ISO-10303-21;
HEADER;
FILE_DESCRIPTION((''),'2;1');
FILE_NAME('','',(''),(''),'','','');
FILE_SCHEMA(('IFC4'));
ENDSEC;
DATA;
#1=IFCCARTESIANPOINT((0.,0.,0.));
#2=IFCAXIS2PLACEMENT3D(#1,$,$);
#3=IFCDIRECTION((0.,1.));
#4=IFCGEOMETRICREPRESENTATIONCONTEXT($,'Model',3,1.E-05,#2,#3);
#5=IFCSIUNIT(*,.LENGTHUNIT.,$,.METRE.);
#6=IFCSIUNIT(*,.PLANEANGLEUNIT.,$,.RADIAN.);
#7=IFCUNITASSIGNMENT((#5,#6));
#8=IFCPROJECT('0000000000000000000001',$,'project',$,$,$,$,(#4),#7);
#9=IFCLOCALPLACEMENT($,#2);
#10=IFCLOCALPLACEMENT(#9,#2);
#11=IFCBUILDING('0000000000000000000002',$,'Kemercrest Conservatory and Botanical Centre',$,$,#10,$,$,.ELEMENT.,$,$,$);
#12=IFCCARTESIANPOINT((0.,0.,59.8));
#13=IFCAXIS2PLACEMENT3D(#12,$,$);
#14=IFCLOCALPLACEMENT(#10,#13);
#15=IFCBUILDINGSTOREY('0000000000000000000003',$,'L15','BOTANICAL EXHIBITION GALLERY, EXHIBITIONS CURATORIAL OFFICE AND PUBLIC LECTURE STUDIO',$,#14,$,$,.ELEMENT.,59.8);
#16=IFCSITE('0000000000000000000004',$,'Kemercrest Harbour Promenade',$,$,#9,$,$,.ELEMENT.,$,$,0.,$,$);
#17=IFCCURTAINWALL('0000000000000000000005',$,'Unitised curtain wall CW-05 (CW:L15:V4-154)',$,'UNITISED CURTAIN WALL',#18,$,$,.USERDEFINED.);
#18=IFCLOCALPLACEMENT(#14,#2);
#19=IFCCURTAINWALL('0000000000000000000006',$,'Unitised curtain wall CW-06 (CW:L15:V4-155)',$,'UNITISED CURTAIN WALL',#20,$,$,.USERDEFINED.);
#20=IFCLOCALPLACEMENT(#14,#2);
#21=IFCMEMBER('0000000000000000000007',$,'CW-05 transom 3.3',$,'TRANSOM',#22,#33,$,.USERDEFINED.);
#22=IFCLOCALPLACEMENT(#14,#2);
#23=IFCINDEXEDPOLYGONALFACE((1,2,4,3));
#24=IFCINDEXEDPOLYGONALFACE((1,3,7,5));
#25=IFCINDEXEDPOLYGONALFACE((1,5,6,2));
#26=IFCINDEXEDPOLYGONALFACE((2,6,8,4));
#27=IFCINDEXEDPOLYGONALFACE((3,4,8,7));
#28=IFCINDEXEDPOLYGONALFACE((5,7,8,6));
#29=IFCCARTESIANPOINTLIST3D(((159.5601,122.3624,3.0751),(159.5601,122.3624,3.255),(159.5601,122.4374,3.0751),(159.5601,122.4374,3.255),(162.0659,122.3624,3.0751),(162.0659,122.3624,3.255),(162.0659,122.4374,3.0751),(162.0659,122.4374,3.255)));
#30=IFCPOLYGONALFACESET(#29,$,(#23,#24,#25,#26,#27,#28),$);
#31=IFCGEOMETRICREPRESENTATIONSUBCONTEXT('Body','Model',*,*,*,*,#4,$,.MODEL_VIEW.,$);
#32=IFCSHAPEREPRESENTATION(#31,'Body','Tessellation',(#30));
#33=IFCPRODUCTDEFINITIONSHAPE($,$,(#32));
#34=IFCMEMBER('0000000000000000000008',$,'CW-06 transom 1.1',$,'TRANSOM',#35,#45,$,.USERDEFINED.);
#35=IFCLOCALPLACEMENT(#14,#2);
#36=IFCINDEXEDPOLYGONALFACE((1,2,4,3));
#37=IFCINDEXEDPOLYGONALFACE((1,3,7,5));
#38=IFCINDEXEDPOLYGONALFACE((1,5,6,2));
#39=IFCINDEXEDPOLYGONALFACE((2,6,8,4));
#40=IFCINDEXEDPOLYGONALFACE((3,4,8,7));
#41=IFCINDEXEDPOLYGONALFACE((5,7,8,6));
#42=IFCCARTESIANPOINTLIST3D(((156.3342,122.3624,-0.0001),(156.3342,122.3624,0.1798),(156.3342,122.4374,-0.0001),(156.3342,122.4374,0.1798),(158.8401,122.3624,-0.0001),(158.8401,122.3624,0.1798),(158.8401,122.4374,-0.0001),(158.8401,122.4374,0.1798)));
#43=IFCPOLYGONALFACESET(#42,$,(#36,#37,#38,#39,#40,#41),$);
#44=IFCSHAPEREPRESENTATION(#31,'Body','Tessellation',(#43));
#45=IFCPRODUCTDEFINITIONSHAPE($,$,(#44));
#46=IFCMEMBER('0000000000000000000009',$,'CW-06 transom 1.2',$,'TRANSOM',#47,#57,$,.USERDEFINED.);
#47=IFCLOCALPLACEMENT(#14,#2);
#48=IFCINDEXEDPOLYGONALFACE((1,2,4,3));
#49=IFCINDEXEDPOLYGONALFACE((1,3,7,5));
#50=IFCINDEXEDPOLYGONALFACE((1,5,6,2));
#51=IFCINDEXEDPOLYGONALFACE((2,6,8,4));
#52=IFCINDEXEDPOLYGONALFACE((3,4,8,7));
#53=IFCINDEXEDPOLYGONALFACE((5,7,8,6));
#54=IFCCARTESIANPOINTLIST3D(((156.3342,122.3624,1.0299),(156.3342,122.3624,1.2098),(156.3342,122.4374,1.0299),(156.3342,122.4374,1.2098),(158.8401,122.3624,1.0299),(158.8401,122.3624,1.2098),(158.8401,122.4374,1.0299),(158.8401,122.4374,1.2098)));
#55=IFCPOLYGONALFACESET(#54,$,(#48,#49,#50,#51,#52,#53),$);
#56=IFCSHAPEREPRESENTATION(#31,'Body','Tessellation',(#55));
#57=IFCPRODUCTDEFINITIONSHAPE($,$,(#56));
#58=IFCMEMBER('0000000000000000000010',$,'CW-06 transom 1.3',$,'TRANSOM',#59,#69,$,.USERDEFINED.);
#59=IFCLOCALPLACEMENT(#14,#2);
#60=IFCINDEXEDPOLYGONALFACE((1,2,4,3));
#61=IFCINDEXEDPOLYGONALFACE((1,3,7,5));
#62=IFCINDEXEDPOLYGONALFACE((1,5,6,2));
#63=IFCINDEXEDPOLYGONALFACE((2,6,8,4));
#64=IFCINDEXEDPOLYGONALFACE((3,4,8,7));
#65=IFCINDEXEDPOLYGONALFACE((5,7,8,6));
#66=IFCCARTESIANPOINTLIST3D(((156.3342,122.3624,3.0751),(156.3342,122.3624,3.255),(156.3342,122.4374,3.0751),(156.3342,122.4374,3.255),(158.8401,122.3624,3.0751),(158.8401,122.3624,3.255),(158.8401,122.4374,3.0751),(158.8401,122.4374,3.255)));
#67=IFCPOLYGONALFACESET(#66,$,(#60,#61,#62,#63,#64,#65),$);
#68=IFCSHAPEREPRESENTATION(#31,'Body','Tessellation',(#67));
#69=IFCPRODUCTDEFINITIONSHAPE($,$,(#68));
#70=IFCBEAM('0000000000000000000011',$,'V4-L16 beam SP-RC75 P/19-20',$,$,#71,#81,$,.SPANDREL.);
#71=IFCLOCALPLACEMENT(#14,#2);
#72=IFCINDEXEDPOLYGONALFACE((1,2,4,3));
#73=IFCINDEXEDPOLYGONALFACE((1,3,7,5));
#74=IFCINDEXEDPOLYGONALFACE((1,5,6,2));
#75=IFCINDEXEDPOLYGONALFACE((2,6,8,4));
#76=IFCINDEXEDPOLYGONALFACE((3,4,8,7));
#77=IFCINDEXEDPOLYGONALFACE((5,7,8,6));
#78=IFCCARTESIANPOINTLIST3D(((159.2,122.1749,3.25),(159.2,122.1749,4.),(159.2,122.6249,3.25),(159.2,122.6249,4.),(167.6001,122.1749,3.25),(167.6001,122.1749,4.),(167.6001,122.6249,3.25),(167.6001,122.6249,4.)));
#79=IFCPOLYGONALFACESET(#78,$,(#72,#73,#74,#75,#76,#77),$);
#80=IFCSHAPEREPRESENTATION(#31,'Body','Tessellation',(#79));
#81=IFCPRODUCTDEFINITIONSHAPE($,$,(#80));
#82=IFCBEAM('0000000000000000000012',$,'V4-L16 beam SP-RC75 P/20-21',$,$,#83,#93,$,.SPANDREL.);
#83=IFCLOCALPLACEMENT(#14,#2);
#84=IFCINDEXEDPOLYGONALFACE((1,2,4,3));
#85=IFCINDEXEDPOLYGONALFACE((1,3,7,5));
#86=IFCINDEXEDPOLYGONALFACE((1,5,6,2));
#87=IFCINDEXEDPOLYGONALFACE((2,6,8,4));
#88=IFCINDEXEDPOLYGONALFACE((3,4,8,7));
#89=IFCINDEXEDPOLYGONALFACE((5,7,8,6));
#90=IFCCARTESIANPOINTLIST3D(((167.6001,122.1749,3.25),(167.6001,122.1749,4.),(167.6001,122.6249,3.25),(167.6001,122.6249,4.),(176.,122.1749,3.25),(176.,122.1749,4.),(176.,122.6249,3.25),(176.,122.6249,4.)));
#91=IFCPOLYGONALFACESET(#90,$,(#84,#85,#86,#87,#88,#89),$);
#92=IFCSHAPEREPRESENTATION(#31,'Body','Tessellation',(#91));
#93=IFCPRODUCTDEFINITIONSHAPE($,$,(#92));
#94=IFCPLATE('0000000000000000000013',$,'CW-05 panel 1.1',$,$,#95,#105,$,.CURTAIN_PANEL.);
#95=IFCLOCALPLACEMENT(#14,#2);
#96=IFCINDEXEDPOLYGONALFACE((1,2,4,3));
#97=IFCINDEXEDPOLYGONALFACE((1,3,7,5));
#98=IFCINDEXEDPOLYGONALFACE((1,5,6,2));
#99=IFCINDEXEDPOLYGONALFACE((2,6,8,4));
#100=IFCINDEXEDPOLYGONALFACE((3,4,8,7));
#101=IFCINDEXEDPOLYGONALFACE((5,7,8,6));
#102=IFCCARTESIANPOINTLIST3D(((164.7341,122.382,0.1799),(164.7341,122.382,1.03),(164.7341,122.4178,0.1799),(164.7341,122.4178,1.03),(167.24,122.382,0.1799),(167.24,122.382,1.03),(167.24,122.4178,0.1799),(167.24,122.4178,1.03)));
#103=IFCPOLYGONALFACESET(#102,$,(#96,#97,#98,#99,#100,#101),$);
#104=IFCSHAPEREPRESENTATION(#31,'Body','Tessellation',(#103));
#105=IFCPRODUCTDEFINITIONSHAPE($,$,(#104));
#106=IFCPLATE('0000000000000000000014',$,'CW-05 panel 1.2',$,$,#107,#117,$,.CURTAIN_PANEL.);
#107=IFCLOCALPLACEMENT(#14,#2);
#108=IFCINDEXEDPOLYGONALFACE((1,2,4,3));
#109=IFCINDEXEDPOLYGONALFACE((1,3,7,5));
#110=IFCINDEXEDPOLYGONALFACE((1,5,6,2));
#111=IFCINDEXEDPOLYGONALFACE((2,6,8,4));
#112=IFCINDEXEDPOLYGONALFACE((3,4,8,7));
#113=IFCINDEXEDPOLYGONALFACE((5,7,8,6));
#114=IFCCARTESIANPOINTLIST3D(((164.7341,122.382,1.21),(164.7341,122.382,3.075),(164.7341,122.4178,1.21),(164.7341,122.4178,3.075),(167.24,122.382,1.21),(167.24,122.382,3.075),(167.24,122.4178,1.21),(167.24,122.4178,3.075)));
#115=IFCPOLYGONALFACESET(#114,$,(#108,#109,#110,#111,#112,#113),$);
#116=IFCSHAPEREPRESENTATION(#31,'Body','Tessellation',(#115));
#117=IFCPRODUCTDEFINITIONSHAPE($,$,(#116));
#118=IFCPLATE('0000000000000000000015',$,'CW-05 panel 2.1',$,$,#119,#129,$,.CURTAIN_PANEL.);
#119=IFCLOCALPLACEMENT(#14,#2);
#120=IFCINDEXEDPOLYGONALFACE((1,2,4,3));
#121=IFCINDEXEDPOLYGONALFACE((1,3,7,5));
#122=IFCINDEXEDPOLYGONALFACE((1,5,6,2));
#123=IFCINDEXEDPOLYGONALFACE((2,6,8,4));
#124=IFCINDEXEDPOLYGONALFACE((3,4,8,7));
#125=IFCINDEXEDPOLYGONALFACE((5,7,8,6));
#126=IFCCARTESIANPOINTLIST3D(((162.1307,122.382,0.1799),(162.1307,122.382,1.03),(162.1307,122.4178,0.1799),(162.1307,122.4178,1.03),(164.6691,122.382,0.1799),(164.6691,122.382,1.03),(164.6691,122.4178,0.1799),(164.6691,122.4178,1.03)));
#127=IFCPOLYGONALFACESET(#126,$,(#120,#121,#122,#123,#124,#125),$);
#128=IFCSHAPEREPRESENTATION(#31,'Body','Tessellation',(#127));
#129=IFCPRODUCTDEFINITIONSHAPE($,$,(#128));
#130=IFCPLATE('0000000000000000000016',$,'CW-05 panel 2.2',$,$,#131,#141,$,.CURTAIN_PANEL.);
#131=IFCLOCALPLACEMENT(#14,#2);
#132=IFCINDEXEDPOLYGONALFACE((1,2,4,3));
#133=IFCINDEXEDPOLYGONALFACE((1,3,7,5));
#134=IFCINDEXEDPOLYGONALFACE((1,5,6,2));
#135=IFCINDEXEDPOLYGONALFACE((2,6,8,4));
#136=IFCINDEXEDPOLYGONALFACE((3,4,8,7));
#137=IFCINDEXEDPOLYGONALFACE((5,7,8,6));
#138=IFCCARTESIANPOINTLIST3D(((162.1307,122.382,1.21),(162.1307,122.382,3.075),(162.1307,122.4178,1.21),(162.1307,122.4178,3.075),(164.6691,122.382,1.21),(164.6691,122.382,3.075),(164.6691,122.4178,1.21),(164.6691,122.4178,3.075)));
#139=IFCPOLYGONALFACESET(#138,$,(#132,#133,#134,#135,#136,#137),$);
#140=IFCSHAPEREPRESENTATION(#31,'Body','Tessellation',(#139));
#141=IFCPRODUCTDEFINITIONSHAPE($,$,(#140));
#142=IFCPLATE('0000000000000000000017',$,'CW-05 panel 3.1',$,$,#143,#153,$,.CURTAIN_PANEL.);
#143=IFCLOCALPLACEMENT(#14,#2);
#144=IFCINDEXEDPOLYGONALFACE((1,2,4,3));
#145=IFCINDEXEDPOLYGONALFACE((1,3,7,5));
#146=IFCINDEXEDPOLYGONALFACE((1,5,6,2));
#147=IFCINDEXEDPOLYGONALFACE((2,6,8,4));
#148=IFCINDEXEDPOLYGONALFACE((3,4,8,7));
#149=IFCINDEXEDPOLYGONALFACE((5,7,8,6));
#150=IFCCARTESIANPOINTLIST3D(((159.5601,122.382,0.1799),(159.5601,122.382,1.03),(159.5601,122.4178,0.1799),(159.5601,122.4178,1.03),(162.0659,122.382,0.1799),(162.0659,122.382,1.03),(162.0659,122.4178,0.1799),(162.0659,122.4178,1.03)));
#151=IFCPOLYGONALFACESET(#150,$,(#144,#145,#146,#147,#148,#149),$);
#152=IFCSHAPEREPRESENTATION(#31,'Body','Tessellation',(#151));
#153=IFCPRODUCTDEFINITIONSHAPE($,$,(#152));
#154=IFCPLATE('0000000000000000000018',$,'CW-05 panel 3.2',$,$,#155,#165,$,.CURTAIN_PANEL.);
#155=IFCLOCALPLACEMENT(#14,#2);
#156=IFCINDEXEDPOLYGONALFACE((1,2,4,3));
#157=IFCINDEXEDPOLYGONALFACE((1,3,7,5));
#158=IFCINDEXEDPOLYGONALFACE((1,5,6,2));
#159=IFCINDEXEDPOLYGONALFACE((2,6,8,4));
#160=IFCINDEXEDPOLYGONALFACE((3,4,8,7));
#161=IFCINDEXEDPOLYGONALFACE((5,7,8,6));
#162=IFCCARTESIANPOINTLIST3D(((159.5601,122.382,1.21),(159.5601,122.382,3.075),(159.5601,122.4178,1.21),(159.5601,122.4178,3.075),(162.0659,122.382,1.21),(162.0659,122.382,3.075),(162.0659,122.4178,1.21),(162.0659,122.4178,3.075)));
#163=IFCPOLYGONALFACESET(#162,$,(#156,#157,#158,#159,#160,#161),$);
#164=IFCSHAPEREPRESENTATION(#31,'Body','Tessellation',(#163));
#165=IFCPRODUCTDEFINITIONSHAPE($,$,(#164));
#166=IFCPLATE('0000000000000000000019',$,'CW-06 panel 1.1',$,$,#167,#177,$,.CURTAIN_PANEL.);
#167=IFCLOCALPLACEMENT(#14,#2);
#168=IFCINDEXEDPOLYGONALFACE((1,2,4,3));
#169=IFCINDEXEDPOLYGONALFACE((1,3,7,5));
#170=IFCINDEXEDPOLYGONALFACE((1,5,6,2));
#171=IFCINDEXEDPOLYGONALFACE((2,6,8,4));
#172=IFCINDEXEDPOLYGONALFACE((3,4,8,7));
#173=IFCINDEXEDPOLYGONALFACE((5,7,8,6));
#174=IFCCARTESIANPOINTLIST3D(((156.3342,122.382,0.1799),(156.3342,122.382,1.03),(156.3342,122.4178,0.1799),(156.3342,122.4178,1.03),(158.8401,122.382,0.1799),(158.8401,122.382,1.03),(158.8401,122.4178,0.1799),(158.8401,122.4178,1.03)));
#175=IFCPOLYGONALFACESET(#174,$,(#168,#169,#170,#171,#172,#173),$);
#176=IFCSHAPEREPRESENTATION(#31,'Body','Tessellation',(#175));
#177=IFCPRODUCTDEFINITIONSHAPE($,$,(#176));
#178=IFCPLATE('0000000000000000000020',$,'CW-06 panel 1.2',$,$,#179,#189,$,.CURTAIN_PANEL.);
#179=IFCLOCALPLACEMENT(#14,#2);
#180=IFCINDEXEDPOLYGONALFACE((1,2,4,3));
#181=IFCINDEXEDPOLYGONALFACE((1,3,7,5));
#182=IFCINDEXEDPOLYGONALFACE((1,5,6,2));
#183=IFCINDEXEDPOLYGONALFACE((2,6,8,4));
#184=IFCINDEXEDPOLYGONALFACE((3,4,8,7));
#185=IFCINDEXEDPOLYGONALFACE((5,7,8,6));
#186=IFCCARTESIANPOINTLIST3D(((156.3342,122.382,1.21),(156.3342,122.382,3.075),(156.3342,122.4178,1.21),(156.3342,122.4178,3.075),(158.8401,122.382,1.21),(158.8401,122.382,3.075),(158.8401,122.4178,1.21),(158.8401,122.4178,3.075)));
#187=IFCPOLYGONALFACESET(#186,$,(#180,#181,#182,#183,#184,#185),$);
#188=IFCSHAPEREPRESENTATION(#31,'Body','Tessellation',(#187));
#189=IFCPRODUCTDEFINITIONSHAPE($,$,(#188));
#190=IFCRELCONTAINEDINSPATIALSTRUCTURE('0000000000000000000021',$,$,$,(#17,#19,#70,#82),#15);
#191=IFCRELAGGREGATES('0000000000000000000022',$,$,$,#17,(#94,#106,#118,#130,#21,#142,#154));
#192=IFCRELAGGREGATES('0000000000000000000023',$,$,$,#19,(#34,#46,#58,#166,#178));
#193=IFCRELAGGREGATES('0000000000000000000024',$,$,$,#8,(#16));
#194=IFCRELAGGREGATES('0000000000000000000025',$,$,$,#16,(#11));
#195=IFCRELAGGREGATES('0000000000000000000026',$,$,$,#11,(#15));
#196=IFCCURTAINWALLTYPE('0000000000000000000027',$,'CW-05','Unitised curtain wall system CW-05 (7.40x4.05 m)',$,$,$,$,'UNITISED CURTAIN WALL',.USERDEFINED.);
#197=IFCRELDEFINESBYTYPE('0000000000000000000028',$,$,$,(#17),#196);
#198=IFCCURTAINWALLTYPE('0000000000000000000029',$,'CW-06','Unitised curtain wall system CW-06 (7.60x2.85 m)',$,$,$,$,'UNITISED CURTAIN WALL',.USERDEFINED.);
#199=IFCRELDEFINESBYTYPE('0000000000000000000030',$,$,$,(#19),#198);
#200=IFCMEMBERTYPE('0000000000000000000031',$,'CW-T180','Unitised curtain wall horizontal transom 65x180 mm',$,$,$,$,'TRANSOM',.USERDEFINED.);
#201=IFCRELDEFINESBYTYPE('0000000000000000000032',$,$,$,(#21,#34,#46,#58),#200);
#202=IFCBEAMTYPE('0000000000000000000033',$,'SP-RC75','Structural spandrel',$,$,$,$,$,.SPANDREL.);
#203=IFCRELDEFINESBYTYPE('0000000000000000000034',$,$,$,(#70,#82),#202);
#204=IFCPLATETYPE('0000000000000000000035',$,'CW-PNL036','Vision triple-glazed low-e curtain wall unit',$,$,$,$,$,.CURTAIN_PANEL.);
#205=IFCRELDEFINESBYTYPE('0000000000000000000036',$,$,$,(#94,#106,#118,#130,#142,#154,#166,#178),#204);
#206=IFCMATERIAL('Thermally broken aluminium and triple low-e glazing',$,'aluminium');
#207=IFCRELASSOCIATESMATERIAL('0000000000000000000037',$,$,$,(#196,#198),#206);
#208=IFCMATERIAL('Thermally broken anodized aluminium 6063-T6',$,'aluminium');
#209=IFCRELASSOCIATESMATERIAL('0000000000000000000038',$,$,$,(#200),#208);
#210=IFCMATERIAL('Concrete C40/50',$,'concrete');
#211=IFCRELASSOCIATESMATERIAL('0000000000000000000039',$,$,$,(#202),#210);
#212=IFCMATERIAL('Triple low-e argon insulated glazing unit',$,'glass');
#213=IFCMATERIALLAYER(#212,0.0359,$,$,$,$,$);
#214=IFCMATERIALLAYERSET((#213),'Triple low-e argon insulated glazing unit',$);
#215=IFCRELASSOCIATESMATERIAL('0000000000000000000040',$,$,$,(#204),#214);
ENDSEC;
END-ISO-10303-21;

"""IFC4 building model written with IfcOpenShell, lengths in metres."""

from ifc_helpers import new_model, si_unit, direction, frame, origin, origin_2d, place, context, subcontext, project, spatial, rectangle, extrude, material, layer, layer_set, material_profile, profile_set, type_object, element, aggregate, save


model = new_model("IFC4")

# Units and contexts
model_context = context("Model", 3, precision=1e-05, world=origin(), true_north=direction((0.0, 1.0)))
body_context = subcontext(model_context, "Body", "Model", "MODEL_VIEW")
ifc_project = project(units=[si_unit("LENGTHUNIT", "METRE"), si_unit("PLANEANGLEUNIT", "RADIAN")], contexts=[model_context])

# Site, building, storey
site_placement = place(None, origin())
site = spatial("IfcSite", under=ifc_project, at=site_placement, Name="Kemercrest Harbour Promenade", CompositionType="ELEMENT", RefElevation=0.0)
building_placement = place(site_placement, origin())
building = spatial("IfcBuilding", under=site, at=building_placement, Name="Kemercrest Conservatory and Botanical Centre", CompositionType="ELEMENT")
storey_placement = place(building_placement, frame((0.0, 0.0, 59.8)))
storey = spatial("IfcBuildingStorey", under=building, at=storey_placement, Name="L15", Description="BOTANICAL EXHIBITION GALLERY, EXHIBITIONS CURATORIAL OFFICE AND PUBLIC LECTURE STUDIO", CompositionType="ELEMENT", Elevation=59.8)

# Shared definitions
ifc_material_1 = material(Name="Concrete C40/50", Category="concrete")

# Curtain wall
ifc_material_2 = material(Name="Thermally broken aluminium and triple low-e glazing", Category="aluminium")
curtain_wall_type_1 = type_object("IfcCurtainWallType", Name="CW-05", Description="Unitised curtain wall system CW-05 (7.40x4.05 m)", ElementType="UNITISED CURTAIN WALL", PredefinedType="USERDEFINED", material=ifc_material_2)
curtain_wall_1_placement = place(storey_placement, origin())
curtain_wall_1 = element("IfcCurtainWall", 1, at=curtain_wall_1_placement, inside=storey, type_object=curtain_wall_type_1, Name="Unitised curtain wall CW-05 (CW:L15:V4-154)", ObjectType="UNITISED CURTAIN WALL", PredefinedType="USERDEFINED")
ifc_material_3 = material(Name="Thermally broken anodized aluminium 6063-T6", Category="aluminium")

# Curtain wall
curtain_wall_type_2 = type_object("IfcCurtainWallType", Name="CW-06", Description="Unitised curtain wall system CW-06 (7.60x2.85 m)", ElementType="UNITISED CURTAIN WALL", PredefinedType="USERDEFINED", material=ifc_material_2)
curtain_wall_2_placement = place(storey_placement, origin())
curtain_wall_2 = element("IfcCurtainWall", 2, at=curtain_wall_2_placement, inside=storey, type_object=curtain_wall_type_2, Name="Unitised curtain wall CW-06 (CW:L15:V4-155)", ObjectType="UNITISED CURTAIN WALL", PredefinedType="USERDEFINED")

# Members
ifc_material_profile_1 = material_profile(ifc_material_3, rectangle(XDim=0.075, YDim=0.1799, at=origin_2d()), Name="AL TRANSOM 75x180")
ifc_profile_set_1 = profile_set([ifc_material_profile_1], Name="Thermally broken anodized aluminium 6063-T6")
member_type_1 = type_object("IfcMemberType", Name="CW-T180", Description="Unitised curtain wall horizontal transom 65x180 mm", ElementType="TRANSOM", PredefinedType="USERDEFINED", material=ifc_profile_set_1)
member_1_placement = place(storey_placement, frame((162.0659, 122.3999, 3.165), z_axis=(-1.0, 0.0, 0.0), x_axis=(0.0, -1.0, 0.0)))
member_1 = element("IfcMember", 3, at=member_1_placement, type_object=member_type_1, Name="CW-05 transom 3.3", ObjectType="TRANSOM", PredefinedType="USERDEFINED", context=body_context, shape_type="SweptSolid", body=[
    extrude(rectangle(XDim=0.075, YDim=0.1799, at=origin_2d()), origin(), (0.0, 0.0, 1.0), 2.5059),
])
member_2_placement = place(storey_placement, frame((158.8401, 122.3999, 0.0898), z_axis=(-1.0, 0.0, 0.0), x_axis=(0.0, -1.0, 0.0)))
member_2 = element("IfcMember", 4, at=member_2_placement, type_object=member_type_1, Name="CW-06 transom 1.1", ObjectType="TRANSOM", PredefinedType="USERDEFINED", context=body_context, shape_type="SweptSolid", body=[
    extrude(rectangle(XDim=0.075, YDim=0.1799, at=origin_2d()), origin(), (0.0, 0.0, 1.0), 2.5059),
])
member_3_placement = place(storey_placement, frame((158.8401, 122.3999, 1.1199), z_axis=(-1.0, 0.0, 0.0), x_axis=(0.0, -1.0, 0.0)))
member_3 = element("IfcMember", 5, at=member_3_placement, type_object=member_type_1, Name="CW-06 transom 1.2", ObjectType="TRANSOM", PredefinedType="USERDEFINED", context=body_context, shape_type="SweptSolid", body=[
    extrude(rectangle(XDim=0.075, YDim=0.1799, at=origin_2d()), origin(), (0.0, 0.0, 1.0), 2.5059),
])
member_4_placement = place(storey_placement, frame((158.8401, 122.3999, 3.165), z_axis=(-1.0, 0.0, 0.0), x_axis=(0.0, -1.0, 0.0)))
member_4 = element("IfcMember", 6, at=member_4_placement, type_object=member_type_1, Name="CW-06 transom 1.3", ObjectType="TRANSOM", PredefinedType="USERDEFINED", context=body_context, shape_type="SweptSolid", body=[
    extrude(rectangle(XDim=0.075, YDim=0.1799, at=origin_2d()), origin(), (0.0, 0.0, 1.0), 2.5059),
])

# Beams
ifc_material_profile_2 = material_profile(ifc_material_1, rectangle(XDim=0.45, YDim=0.75, at=origin_2d()), Name="RC 450x750")
ifc_profile_set_2 = profile_set([ifc_material_profile_2], Name="Concrete C40/50")
beam_type = type_object("IfcBeamType", Name="SP-RC75", Description="Structural spandrel", PredefinedType="SPANDREL", material=ifc_profile_set_2)
beam_1_placement = place(storey_placement, frame((159.2, 122.3999, 3.625), z_axis=(1.0, 0.0, 0.0), x_axis=(0.0, 1.0, 0.0)))
element("IfcBeam", 7, at=beam_1_placement, inside=storey, type_object=beam_type, Name="V4-L16 beam SP-RC75 P/19-20", PredefinedType="SPANDREL", context=body_context, shape_type="SweptSolid", body=[
    extrude(rectangle(XDim=0.45, YDim=0.75, at=origin_2d()), origin(), (0.0, 0.0, 1.0), 8.4001),
])
beam_2_placement = place(storey_placement, frame((167.6001, 122.3999, 3.625), z_axis=(1.0, 0.0, 0.0), x_axis=(0.0, 1.0, 0.0)))
element("IfcBeam", 8, at=beam_2_placement, inside=storey, type_object=beam_type, Name="V4-L16 beam SP-RC75 P/20-21", PredefinedType="SPANDREL", context=body_context, shape_type="SweptSolid", body=[
    extrude(rectangle(XDim=0.45, YDim=0.75, at=origin_2d()), origin(), (0.0, 0.0, 1.0), 8.3999),
])

# Plates
ifc_material_4 = material(Name="Triple low-e argon insulated glazing unit", Category="glass")
ifc_layer = layer(ifc_material_4, 0.0359)
ifc_layer_set = layer_set([ifc_layer], Name="Triple low-e argon insulated glazing unit")
plate_type = type_object("IfcPlateType", Name="CW-PNL036", Description="Vision triple-glazed low-e curtain wall unit", PredefinedType="CURTAIN_PANEL", material=ifc_layer_set)
plate_1_placement = place(storey_placement, frame((165.9871, 122.3999, 0.1799), z_axis=(0.0, 0.0, 1.0), x_axis=(-1.0, 0.0, 0.0)))
plate_1 = element("IfcPlate", 9, at=plate_1_placement, type_object=plate_type, Name="CW-05 panel 1.1", PredefinedType="CURTAIN_PANEL", context=body_context, shape_type="SweptSolid", body=[
    extrude(rectangle(XDim=2.5059, YDim=0.0359, at=origin_2d()), origin(), (0.0, 0.0, 1.0), 0.8501),
])
plate_2_placement = place(storey_placement, frame((165.9871, 122.3999, 1.21), z_axis=(0.0, 0.0, 1.0), x_axis=(-1.0, 0.0, 0.0)))
plate_2 = element("IfcPlate", 10, at=plate_2_placement, type_object=plate_type, Name="CW-05 panel 1.2", PredefinedType="CURTAIN_PANEL", context=body_context, shape_type="SweptSolid", body=[
    extrude(rectangle(XDim=2.5059, YDim=0.0359, at=origin_2d()), origin(), (0.0, 0.0, 1.0), 1.865),
])
plate_3_placement = place(storey_placement, frame((163.3999, 122.3999, 0.1799), z_axis=(0.0, 0.0, 1.0), x_axis=(-1.0, 0.0, 0.0)))
plate_3 = element("IfcPlate", 11, at=plate_3_placement, type_object=plate_type, Name="CW-05 panel 2.1", PredefinedType="CURTAIN_PANEL", context=body_context, shape_type="SweptSolid", body=[
    extrude(rectangle(XDim=2.5383, YDim=0.0359, at=origin_2d()), origin(), (0.0, 0.0, 1.0), 0.8501),
])
plate_4_placement = place(storey_placement, frame((163.3999, 122.3999, 1.21), z_axis=(0.0, 0.0, 1.0), x_axis=(-1.0, 0.0, 0.0)))
plate_4 = element("IfcPlate", 12, at=plate_4_placement, type_object=plate_type, Name="CW-05 panel 2.2", PredefinedType="CURTAIN_PANEL", context=body_context, shape_type="SweptSolid", body=[
    extrude(rectangle(XDim=2.5383, YDim=0.0359, at=origin_2d()), origin(), (0.0, 0.0, 1.0), 1.865),
])
plate_5_placement = place(storey_placement, frame((160.813, 122.3999, 0.1799), z_axis=(0.0, 0.0, 1.0), x_axis=(-1.0, 0.0, 0.0)))
plate_5 = element("IfcPlate", 13, at=plate_5_placement, type_object=plate_type, Name="CW-05 panel 3.1", PredefinedType="CURTAIN_PANEL", context=body_context, shape_type="SweptSolid", body=[
    extrude(rectangle(XDim=2.5059, YDim=0.0359, at=origin_2d()), origin(), (0.0, 0.0, 1.0), 0.8501),
])
plate_6_placement = place(storey_placement, frame((160.813, 122.3999, 1.21), z_axis=(0.0, 0.0, 1.0), x_axis=(-1.0, 0.0, 0.0)))
plate_6 = element("IfcPlate", 14, at=plate_6_placement, type_object=plate_type, Name="CW-05 panel 3.2", PredefinedType="CURTAIN_PANEL", context=body_context, shape_type="SweptSolid", body=[
    extrude(rectangle(XDim=2.5059, YDim=0.0359, at=origin_2d()), origin(), (0.0, 0.0, 1.0), 1.865),
])
aggregate(curtain_wall_1, [plate_1, plate_2, plate_3, plate_4, member_1, plate_5, plate_6])
plate_7_placement = place(storey_placement, frame((157.5872, 122.3999, 0.1799), z_axis=(0.0, 0.0, 1.0), x_axis=(-1.0, 0.0, 0.0)))
plate_7 = element("IfcPlate", 15, at=plate_7_placement, type_object=plate_type, Name="CW-06 panel 1.1", PredefinedType="CURTAIN_PANEL", context=body_context, shape_type="SweptSolid", body=[
    extrude(rectangle(XDim=2.5059, YDim=0.0359, at=origin_2d()), origin(), (0.0, 0.0, 1.0), 0.8501),
])
plate_8_placement = place(storey_placement, frame((157.5872, 122.3999, 1.21), z_axis=(0.0, 0.0, 1.0), x_axis=(-1.0, 0.0, 0.0)))
plate_8 = element("IfcPlate", 16, at=plate_8_placement, type_object=plate_type, Name="CW-06 panel 1.2", PredefinedType="CURTAIN_PANEL", context=body_context, shape_type="SweptSolid", body=[
    extrude(rectangle(XDim=2.5059, YDim=0.0359, at=origin_2d()), origin(), (0.0, 0.0, 1.0), 1.865),
])
aggregate(curtain_wall_2, [member_2, member_3, member_4, plate_7, plate_8])

save(model, "model.ifc")
